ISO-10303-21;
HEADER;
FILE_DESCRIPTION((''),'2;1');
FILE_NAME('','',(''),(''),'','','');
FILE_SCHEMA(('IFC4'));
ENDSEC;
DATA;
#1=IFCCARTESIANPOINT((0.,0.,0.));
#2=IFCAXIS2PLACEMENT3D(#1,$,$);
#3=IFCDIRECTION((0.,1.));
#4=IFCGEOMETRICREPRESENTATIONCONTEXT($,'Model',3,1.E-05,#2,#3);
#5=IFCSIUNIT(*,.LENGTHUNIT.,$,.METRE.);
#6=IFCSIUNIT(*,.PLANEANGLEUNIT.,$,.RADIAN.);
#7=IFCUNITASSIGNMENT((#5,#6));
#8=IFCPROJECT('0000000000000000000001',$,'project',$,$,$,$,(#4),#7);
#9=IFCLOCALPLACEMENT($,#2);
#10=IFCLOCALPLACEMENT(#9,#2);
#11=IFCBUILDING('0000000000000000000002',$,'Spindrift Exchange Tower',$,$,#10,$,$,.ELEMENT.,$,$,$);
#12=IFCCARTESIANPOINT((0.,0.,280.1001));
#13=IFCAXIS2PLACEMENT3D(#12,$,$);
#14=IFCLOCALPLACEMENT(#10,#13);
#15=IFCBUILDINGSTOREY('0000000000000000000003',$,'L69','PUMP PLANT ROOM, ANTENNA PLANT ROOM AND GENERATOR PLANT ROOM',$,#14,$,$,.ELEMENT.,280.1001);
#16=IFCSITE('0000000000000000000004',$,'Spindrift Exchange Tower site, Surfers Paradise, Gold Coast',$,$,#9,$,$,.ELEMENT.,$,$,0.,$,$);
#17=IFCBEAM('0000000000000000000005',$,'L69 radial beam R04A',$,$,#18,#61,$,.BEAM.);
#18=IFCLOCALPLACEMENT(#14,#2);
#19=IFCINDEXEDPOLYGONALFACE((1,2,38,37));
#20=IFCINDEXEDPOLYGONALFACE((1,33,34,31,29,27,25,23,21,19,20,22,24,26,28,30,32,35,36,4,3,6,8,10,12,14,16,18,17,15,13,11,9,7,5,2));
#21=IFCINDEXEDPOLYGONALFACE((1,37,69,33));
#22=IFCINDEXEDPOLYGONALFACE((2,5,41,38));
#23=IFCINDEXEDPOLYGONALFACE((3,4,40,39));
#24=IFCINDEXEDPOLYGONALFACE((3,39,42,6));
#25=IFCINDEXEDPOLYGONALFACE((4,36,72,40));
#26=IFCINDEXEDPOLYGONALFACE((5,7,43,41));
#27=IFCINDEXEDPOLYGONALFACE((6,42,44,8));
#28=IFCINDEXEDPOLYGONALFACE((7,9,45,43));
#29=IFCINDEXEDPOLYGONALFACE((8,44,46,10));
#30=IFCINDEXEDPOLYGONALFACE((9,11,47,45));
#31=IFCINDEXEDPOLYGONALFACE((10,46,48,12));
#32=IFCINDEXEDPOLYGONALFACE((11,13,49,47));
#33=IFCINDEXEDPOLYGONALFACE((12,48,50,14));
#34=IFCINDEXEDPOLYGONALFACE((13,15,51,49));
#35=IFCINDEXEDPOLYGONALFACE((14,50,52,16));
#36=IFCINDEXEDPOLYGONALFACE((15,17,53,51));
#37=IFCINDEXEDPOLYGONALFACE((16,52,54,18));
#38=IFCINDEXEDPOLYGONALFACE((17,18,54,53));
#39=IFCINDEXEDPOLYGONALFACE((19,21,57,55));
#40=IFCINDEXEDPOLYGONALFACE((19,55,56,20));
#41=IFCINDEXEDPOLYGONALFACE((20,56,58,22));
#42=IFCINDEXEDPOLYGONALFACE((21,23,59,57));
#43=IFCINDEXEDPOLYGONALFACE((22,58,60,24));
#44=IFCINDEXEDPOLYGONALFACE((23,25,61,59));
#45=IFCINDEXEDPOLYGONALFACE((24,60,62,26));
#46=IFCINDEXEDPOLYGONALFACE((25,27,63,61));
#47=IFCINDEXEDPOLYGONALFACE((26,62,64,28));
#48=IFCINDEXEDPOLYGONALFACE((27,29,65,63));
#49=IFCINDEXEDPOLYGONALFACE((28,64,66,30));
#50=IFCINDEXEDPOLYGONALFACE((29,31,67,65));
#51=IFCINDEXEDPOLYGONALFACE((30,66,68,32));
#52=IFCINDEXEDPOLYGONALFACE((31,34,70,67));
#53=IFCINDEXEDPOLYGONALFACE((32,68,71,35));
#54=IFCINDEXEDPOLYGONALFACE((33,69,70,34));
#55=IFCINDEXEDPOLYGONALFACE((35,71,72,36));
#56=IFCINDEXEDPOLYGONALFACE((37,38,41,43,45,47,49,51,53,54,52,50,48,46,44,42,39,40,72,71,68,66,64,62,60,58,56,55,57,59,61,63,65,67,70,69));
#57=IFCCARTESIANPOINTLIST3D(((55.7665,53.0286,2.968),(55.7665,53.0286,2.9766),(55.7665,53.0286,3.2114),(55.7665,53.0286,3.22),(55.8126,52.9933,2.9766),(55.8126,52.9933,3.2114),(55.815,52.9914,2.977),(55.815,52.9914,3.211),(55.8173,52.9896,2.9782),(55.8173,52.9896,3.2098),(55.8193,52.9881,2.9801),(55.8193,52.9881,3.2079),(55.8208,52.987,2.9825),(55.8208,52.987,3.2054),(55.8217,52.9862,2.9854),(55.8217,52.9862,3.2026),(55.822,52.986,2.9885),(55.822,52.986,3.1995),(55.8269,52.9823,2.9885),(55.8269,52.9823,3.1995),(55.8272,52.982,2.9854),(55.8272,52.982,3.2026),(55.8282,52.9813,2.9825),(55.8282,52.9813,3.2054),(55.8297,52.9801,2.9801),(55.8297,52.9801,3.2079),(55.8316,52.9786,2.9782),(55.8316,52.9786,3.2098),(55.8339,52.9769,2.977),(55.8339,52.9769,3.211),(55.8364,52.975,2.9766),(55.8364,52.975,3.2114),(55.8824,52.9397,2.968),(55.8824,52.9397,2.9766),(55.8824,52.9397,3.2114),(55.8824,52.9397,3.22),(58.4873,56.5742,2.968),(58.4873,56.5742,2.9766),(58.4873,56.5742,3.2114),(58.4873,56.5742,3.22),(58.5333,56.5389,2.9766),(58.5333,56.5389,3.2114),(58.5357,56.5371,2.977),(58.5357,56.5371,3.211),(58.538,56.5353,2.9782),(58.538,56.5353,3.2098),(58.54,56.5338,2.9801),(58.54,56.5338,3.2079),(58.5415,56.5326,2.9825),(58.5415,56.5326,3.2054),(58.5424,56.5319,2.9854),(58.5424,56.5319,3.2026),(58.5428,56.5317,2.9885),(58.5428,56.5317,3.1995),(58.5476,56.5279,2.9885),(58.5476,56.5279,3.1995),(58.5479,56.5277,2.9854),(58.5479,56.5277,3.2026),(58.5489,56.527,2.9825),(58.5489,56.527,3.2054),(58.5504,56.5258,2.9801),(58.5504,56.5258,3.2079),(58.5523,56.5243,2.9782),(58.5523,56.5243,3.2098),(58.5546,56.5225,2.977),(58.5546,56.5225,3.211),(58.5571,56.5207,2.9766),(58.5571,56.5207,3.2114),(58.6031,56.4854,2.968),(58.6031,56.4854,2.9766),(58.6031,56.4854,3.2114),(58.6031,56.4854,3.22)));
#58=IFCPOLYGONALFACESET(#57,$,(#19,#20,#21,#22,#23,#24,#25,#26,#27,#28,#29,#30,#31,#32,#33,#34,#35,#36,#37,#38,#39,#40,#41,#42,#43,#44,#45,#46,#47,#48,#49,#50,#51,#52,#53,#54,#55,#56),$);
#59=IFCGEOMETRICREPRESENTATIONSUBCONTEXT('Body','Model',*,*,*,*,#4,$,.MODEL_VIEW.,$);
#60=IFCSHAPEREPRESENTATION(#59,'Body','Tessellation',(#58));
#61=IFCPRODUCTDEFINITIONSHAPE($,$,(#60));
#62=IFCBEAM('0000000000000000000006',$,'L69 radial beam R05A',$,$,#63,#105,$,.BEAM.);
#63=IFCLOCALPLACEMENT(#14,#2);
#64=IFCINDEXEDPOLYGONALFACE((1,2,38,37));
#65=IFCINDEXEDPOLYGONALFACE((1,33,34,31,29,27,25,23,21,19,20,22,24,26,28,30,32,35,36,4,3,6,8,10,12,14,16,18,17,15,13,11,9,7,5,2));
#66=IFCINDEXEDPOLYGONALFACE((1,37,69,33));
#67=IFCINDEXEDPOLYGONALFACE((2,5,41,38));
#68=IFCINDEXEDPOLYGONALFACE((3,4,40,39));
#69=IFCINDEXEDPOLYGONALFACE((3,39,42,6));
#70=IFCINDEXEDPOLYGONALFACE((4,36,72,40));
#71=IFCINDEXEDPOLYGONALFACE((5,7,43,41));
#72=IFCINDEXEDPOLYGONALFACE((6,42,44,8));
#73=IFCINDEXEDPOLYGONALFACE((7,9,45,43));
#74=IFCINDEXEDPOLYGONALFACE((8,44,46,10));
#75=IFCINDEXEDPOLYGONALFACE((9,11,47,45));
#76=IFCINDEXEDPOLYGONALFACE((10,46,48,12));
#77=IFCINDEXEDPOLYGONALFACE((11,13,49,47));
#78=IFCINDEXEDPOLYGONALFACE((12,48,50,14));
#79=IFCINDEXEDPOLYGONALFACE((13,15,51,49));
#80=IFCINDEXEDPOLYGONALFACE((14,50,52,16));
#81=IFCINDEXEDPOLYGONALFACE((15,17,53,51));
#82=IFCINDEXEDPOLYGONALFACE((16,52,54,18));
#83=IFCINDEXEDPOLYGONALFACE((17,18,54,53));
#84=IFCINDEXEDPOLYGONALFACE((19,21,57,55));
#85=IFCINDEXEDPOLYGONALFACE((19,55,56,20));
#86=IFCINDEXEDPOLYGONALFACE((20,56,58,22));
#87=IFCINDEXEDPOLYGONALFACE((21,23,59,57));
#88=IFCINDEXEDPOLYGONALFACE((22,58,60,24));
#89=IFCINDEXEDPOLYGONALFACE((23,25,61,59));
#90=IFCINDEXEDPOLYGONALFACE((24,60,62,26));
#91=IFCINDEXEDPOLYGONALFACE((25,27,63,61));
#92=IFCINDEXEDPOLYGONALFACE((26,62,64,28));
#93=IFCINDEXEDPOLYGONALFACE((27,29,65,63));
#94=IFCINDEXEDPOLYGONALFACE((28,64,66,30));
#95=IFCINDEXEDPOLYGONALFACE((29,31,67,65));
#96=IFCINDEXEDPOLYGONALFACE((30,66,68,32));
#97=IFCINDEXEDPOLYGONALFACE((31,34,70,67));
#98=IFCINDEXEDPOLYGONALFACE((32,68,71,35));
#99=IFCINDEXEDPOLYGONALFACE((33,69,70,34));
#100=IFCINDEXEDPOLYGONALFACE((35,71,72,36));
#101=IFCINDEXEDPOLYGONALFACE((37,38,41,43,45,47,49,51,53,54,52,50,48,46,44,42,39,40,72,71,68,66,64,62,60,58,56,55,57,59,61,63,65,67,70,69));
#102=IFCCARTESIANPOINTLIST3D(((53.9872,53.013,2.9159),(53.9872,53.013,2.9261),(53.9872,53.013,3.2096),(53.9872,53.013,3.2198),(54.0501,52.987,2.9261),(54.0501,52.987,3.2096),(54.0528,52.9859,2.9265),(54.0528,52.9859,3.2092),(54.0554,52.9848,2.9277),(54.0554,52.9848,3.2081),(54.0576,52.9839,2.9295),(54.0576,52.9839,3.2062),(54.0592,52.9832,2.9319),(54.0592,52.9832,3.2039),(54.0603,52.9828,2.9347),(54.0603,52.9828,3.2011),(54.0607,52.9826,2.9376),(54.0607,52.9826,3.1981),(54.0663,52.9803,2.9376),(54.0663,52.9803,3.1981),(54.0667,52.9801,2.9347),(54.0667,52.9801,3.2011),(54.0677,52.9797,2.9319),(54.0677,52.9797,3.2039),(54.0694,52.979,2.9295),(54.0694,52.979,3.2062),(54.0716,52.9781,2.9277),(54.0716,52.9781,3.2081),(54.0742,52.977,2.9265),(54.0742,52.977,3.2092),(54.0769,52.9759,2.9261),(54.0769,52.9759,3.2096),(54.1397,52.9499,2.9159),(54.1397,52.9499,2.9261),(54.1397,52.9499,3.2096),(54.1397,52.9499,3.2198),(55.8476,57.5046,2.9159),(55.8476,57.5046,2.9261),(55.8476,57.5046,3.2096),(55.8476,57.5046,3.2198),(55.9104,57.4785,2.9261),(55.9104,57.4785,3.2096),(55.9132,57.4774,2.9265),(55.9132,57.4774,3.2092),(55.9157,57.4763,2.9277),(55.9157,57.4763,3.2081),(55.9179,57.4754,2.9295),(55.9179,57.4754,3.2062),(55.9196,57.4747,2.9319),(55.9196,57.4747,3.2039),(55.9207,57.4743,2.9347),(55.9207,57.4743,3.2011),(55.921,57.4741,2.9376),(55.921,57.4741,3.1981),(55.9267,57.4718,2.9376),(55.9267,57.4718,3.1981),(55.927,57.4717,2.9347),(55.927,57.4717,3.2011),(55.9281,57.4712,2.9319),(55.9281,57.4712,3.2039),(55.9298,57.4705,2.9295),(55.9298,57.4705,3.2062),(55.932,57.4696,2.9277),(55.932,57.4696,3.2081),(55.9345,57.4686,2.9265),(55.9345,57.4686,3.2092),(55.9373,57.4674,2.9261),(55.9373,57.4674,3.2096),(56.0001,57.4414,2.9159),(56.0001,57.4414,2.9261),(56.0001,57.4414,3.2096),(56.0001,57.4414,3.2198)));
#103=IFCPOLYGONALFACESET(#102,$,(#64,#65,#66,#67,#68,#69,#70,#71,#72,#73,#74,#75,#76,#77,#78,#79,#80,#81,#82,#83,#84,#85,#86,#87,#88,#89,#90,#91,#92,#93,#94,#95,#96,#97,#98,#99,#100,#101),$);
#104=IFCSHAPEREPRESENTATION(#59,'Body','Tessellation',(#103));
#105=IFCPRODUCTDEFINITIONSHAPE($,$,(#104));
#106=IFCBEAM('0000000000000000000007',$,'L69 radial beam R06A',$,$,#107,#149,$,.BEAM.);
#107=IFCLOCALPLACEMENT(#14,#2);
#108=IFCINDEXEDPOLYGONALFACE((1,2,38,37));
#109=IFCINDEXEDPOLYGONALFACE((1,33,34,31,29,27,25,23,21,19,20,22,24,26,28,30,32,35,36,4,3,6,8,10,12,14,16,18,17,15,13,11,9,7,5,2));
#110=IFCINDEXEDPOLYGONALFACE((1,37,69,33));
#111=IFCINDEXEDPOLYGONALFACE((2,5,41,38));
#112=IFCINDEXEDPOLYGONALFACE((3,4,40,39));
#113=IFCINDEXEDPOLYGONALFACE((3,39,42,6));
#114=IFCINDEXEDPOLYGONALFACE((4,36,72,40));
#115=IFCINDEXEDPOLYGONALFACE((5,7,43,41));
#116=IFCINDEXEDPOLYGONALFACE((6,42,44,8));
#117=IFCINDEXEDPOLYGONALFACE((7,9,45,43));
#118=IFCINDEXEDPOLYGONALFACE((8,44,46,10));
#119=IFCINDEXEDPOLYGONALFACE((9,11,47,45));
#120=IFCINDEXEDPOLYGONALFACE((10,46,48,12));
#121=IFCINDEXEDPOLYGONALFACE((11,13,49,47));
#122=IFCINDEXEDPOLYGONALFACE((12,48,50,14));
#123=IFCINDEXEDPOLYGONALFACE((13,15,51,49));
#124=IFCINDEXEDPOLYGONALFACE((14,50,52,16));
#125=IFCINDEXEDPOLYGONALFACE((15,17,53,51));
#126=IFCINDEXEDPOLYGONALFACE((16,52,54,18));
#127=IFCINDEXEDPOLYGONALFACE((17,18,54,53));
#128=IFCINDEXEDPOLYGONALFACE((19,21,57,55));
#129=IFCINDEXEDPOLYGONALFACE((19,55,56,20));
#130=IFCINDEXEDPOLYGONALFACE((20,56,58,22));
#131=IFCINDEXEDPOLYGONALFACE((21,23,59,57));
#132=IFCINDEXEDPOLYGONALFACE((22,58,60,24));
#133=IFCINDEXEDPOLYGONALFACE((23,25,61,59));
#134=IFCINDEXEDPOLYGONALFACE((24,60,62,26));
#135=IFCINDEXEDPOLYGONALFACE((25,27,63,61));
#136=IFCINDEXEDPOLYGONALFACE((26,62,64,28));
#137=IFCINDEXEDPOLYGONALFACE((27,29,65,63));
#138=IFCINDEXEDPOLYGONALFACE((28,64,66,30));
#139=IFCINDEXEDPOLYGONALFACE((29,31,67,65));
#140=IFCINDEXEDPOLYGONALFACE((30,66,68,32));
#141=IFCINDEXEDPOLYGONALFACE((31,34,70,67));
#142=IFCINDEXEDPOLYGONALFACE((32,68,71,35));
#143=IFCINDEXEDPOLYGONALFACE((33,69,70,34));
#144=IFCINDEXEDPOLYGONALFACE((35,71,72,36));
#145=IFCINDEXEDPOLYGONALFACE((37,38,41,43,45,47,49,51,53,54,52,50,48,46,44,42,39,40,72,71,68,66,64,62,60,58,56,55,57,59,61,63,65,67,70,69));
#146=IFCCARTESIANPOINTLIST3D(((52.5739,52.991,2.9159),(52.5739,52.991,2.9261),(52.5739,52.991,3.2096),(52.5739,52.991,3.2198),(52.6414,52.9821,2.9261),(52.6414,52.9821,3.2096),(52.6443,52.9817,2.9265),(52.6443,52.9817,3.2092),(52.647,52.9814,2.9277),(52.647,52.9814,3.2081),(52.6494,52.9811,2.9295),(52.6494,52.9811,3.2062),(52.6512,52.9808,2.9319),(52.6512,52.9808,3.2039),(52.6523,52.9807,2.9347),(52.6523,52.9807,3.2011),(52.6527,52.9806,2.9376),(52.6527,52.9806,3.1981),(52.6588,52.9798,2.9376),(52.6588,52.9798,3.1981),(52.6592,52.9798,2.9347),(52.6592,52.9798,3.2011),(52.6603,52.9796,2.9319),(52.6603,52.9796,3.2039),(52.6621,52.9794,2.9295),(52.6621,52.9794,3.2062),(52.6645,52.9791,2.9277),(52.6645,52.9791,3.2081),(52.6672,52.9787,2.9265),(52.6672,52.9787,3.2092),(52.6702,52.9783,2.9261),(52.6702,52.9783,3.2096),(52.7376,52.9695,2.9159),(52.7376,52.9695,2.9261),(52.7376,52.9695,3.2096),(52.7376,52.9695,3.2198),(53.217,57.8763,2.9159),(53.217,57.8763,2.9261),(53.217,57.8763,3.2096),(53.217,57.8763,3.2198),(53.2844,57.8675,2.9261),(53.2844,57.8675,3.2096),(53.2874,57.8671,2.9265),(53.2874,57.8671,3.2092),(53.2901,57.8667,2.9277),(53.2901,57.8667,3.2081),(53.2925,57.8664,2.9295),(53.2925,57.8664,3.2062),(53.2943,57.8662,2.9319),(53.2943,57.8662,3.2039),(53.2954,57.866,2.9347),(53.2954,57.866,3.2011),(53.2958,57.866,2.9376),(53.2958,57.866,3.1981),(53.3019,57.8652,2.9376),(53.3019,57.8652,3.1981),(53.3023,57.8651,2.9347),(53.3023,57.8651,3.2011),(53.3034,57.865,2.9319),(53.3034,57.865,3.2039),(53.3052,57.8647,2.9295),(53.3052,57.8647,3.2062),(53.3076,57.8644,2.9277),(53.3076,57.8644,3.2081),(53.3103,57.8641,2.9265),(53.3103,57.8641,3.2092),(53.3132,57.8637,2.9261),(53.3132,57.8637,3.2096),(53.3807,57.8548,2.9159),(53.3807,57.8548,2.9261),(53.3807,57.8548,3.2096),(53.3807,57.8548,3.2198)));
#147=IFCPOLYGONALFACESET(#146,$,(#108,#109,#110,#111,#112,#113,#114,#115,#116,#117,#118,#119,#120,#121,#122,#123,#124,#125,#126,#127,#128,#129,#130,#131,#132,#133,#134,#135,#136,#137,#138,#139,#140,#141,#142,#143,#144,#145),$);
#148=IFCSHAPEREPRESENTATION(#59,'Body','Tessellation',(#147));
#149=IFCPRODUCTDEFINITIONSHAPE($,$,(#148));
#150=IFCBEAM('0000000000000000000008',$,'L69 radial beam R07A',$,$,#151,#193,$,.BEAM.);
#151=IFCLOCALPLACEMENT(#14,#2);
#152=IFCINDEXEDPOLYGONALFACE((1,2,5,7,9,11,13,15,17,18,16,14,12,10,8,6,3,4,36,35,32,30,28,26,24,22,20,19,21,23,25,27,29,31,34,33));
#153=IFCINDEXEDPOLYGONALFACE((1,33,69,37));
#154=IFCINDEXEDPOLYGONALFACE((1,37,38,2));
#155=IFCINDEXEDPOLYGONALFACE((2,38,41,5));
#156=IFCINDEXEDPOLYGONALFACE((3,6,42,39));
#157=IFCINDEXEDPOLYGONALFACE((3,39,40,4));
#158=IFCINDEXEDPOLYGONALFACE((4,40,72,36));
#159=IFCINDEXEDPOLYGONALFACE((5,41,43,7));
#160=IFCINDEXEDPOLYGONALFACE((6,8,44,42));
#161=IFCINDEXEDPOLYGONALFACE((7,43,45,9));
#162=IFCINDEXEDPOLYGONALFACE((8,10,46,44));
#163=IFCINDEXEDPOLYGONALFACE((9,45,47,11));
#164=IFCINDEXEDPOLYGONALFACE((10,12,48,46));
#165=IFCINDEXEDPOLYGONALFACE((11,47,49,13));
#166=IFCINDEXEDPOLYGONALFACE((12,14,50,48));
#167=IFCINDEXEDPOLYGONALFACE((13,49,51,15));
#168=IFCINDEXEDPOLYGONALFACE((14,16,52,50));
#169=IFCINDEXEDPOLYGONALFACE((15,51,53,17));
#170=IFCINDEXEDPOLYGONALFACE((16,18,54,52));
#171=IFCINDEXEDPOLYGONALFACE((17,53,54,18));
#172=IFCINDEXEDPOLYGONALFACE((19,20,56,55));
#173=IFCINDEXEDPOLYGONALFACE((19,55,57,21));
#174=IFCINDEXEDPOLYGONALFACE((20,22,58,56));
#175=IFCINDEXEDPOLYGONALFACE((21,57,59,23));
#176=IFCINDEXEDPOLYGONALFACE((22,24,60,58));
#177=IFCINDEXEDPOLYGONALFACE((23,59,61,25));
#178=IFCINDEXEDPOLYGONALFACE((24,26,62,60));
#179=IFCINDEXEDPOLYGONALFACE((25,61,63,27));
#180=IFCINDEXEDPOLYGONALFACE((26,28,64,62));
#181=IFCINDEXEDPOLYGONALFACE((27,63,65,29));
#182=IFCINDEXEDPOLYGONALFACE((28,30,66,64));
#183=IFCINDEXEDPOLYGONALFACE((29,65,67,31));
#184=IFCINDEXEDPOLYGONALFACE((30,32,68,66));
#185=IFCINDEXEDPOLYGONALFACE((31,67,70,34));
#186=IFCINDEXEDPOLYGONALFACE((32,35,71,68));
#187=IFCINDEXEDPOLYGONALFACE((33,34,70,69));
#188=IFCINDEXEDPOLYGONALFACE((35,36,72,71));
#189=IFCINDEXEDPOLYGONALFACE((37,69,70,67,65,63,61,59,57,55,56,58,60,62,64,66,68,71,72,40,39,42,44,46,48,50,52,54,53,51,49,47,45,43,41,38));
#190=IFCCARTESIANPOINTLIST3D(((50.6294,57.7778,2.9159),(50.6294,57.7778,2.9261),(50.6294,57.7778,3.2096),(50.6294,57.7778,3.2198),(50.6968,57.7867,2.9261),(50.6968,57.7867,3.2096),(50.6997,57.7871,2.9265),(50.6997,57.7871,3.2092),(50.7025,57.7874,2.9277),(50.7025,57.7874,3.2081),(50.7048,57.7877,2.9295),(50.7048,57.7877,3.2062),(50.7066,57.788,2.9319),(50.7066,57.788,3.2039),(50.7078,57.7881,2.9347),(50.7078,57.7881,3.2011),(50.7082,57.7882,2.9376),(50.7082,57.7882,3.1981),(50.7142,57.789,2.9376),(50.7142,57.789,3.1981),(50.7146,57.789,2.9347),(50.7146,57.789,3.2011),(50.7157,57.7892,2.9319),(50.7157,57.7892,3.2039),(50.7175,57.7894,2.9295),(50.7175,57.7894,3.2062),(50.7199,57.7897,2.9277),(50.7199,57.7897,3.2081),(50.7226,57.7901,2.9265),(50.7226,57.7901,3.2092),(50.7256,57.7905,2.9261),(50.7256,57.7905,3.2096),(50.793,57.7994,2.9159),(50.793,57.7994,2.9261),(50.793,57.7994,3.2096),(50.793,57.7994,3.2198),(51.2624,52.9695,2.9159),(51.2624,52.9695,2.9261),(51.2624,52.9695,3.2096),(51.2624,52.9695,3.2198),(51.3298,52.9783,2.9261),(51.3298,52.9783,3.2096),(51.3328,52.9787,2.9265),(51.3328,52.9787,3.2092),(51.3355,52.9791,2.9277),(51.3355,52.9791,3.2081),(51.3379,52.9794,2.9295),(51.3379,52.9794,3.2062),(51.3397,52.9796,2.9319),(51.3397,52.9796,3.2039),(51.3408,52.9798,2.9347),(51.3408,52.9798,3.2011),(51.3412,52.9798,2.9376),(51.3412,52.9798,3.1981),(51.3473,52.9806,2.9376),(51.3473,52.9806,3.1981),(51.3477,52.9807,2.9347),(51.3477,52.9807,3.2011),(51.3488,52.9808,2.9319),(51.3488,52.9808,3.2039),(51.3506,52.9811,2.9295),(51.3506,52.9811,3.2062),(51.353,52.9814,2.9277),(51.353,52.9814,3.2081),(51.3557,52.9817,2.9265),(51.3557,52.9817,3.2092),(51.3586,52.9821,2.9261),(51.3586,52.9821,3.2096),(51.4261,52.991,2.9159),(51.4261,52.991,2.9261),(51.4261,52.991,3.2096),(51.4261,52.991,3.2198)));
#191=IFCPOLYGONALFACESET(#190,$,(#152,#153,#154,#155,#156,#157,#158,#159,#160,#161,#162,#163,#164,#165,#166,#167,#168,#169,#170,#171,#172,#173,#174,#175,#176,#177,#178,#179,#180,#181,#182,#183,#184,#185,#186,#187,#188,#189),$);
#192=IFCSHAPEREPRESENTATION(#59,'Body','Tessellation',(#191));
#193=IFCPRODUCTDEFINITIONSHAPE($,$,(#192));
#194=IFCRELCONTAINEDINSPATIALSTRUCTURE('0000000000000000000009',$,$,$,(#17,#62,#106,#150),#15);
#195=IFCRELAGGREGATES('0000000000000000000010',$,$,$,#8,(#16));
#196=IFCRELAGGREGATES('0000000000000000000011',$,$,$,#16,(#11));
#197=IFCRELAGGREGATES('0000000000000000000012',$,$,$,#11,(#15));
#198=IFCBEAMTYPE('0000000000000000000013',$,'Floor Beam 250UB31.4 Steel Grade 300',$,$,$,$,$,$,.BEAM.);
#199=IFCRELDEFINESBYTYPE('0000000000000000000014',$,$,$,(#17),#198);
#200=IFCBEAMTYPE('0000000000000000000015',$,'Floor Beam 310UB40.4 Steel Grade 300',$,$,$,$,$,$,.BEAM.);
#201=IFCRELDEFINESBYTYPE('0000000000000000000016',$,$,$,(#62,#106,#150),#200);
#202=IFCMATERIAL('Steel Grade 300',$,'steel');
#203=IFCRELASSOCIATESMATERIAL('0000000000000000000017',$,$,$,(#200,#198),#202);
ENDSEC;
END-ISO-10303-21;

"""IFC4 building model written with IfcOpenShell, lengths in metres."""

from ifc_helpers import new_model, si_unit, direction, frame, origin, origin_2d, place, context, subcontext, project, spatial, i_section, extrude, source, transform, mapped, material, material_profile, profile_set, type_object, element, save


model = new_model("IFC4")

# Units and contexts
model_context = context("Model", 3, precision=1e-05, world=origin(), true_north=direction((0.0, 1.0)))
body_context = subcontext(model_context, "Body", "Model", "MODEL_VIEW")
ifc_project = project(units=[si_unit("LENGTHUNIT", "METRE"), si_unit("PLANEANGLEUNIT", "RADIAN")], contexts=[model_context])

# Site, building, storey
site_placement = place(None, origin())
site = spatial("IfcSite", under=ifc_project, at=site_placement, Name="Spindrift Exchange Tower site, Surfers Paradise, Gold Coast", CompositionType="ELEMENT", RefElevation=0.0)
building_placement = place(site_placement, origin())
building = spatial("IfcBuilding", under=site, at=building_placement, Name="Spindrift Exchange Tower", CompositionType="ELEMENT")
storey_placement = place(building_placement, frame((0.0, 0.0, 280.1001)))
storey = spatial("IfcBuildingStorey", under=building, at=storey_placement, Name="L69", Description="PUMP PLANT ROOM, ANTENNA PLANT ROOM AND GENERATOR PLANT ROOM", CompositionType="ELEMENT", Elevation=280.1001)

# Beams
ifc_material_1 = material(Name="Steel Grade 300", Category="steel")
ifc_material_profile_1 = material_profile(ifc_material_1, i_section(OverallWidth=0.165, OverallDepth=0.304, WebThickness=0.0061, FlangeThickness=0.0103, FilletRadius=0.0115, at=origin_2d()), Name="310UB40.4")
ifc_profile_set_1 = profile_set([ifc_material_profile_1], Name="Steel Grade 300")
beam_type_1 = type_object("IfcBeamType", Name="Floor Beam 310UB40.4 Steel Grade 300", PredefinedType="BEAM", material=ifc_profile_set_1)
ifc_material_profile_2 = material_profile(ifc_material_1, i_section(OverallWidth=0.146, OverallDepth=0.252, WebThickness=0.0061, FlangeThickness=0.0085, FilletRadius=0.012, at=origin_2d()), Name="250UB31.4")
ifc_profile_set_2 = profile_set([ifc_material_profile_2], Name="Steel Grade 300")
beam_type_2 = type_object("IfcBeamType", Name="Floor Beam 250UB31.4 Steel Grade 300", PredefinedType="BEAM", material=ifc_profile_set_2)
shared_shape_1 = source(origin(), body_context, "Body", "SweptSolid", [
    extrude(i_section(OverallWidth=0.146, OverallDepth=0.252, WebThickness=0.0061, FlangeThickness=0.0085, FilletRadius=0.012, at=origin_2d()), origin(), (0.0, 0.0, 1.0), 4.4692),
])
beam_1_placement = place(storey_placement, frame((55.8245, 52.9841, 3.094), z_axis=(0.608765, 0.79335, 0.0), x_axis=(-0.79335, 0.608765, 0.0)))
element("IfcBeam", 1, at=beam_1_placement, inside=storey, type_object=beam_type_2, Name="L69 radial beam R04A", PredefinedType="BEAM", context=body_context, shape_type="MappedRepresentation", body=[
    mapped(shared_shape_1, transform((0.0, 0.0, 0.0), scale=1.0)),
])
shared_shape_2 = source(origin(), body_context, "Body", "SweptSolid", [
    extrude(i_section(OverallWidth=0.165, OverallDepth=0.304, WebThickness=0.0061, FlangeThickness=0.0103, FilletRadius=0.0115, at=origin_2d()), origin(), (0.0, 0.0, 1.0), 4.8616),
])
beam_2_placement = place(storey_placement, frame((54.0635, 52.9814, 3.0679), z_axis=(0.382671, 0.923885, 0.0), x_axis=(-0.923885, 0.382671, 0.0)))
element("IfcBeam", 2, at=beam_2_placement, inside=storey, type_object=beam_type_1, Name="L69 radial beam R05A", PredefinedType="BEAM", context=body_context, shape_type="MappedRepresentation", body=[
    mapped(shared_shape_2, transform((0.0, 0.0, 0.0), scale=1.0)),
])
shared_shape_3 = source(origin(), body_context, "Body", "SweptSolid", [
    extrude(i_section(OverallWidth=0.165, OverallDepth=0.304, WebThickness=0.0061, FlangeThickness=0.0103, FilletRadius=0.0115, at=origin_2d()), origin(), (0.0, 0.0, 1.0), 4.9275),
])
beam_3_placement = place(storey_placement, frame((52.6558, 52.9802, 3.0679), z_axis=(0.130508, 0.991447, 0.0), x_axis=(-0.991447, 0.130508, 0.0)))
element("IfcBeam", 3, at=beam_3_placement, inside=storey, type_object=beam_type_1, Name="L69 radial beam R06A", PredefinedType="BEAM", context=body_context, shape_type="MappedRepresentation", body=[
    mapped(shared_shape_3, transform((0.0, 0.0, 0.0), scale=1.0)),
])
shared_shape_4 = source(origin(), body_context, "Body", "SweptSolid", [
    extrude(i_section(OverallWidth=0.165, OverallDepth=0.304, WebThickness=0.0061, FlangeThickness=0.0103, FilletRadius=0.0115, at=origin_2d()), origin(), (0.0, 0.0, 1.0), 4.8499),
])
beam_4_placement = place(storey_placement, frame((51.3442, 52.9802, 3.0679), z_axis=(-0.130531, 0.991444, 0.0), x_axis=(-0.991444, -0.130531, 0.0)))
element("IfcBeam", 4, at=beam_4_placement, inside=storey, type_object=beam_type_1, Name="L69 radial beam R07A", PredefinedType="BEAM", context=body_context, shape_type="MappedRepresentation", body=[
    mapped(shared_shape_4, transform((0.0, 0.0, 0.0), scale=1.0)),
])

save(model, "model.ifc")
